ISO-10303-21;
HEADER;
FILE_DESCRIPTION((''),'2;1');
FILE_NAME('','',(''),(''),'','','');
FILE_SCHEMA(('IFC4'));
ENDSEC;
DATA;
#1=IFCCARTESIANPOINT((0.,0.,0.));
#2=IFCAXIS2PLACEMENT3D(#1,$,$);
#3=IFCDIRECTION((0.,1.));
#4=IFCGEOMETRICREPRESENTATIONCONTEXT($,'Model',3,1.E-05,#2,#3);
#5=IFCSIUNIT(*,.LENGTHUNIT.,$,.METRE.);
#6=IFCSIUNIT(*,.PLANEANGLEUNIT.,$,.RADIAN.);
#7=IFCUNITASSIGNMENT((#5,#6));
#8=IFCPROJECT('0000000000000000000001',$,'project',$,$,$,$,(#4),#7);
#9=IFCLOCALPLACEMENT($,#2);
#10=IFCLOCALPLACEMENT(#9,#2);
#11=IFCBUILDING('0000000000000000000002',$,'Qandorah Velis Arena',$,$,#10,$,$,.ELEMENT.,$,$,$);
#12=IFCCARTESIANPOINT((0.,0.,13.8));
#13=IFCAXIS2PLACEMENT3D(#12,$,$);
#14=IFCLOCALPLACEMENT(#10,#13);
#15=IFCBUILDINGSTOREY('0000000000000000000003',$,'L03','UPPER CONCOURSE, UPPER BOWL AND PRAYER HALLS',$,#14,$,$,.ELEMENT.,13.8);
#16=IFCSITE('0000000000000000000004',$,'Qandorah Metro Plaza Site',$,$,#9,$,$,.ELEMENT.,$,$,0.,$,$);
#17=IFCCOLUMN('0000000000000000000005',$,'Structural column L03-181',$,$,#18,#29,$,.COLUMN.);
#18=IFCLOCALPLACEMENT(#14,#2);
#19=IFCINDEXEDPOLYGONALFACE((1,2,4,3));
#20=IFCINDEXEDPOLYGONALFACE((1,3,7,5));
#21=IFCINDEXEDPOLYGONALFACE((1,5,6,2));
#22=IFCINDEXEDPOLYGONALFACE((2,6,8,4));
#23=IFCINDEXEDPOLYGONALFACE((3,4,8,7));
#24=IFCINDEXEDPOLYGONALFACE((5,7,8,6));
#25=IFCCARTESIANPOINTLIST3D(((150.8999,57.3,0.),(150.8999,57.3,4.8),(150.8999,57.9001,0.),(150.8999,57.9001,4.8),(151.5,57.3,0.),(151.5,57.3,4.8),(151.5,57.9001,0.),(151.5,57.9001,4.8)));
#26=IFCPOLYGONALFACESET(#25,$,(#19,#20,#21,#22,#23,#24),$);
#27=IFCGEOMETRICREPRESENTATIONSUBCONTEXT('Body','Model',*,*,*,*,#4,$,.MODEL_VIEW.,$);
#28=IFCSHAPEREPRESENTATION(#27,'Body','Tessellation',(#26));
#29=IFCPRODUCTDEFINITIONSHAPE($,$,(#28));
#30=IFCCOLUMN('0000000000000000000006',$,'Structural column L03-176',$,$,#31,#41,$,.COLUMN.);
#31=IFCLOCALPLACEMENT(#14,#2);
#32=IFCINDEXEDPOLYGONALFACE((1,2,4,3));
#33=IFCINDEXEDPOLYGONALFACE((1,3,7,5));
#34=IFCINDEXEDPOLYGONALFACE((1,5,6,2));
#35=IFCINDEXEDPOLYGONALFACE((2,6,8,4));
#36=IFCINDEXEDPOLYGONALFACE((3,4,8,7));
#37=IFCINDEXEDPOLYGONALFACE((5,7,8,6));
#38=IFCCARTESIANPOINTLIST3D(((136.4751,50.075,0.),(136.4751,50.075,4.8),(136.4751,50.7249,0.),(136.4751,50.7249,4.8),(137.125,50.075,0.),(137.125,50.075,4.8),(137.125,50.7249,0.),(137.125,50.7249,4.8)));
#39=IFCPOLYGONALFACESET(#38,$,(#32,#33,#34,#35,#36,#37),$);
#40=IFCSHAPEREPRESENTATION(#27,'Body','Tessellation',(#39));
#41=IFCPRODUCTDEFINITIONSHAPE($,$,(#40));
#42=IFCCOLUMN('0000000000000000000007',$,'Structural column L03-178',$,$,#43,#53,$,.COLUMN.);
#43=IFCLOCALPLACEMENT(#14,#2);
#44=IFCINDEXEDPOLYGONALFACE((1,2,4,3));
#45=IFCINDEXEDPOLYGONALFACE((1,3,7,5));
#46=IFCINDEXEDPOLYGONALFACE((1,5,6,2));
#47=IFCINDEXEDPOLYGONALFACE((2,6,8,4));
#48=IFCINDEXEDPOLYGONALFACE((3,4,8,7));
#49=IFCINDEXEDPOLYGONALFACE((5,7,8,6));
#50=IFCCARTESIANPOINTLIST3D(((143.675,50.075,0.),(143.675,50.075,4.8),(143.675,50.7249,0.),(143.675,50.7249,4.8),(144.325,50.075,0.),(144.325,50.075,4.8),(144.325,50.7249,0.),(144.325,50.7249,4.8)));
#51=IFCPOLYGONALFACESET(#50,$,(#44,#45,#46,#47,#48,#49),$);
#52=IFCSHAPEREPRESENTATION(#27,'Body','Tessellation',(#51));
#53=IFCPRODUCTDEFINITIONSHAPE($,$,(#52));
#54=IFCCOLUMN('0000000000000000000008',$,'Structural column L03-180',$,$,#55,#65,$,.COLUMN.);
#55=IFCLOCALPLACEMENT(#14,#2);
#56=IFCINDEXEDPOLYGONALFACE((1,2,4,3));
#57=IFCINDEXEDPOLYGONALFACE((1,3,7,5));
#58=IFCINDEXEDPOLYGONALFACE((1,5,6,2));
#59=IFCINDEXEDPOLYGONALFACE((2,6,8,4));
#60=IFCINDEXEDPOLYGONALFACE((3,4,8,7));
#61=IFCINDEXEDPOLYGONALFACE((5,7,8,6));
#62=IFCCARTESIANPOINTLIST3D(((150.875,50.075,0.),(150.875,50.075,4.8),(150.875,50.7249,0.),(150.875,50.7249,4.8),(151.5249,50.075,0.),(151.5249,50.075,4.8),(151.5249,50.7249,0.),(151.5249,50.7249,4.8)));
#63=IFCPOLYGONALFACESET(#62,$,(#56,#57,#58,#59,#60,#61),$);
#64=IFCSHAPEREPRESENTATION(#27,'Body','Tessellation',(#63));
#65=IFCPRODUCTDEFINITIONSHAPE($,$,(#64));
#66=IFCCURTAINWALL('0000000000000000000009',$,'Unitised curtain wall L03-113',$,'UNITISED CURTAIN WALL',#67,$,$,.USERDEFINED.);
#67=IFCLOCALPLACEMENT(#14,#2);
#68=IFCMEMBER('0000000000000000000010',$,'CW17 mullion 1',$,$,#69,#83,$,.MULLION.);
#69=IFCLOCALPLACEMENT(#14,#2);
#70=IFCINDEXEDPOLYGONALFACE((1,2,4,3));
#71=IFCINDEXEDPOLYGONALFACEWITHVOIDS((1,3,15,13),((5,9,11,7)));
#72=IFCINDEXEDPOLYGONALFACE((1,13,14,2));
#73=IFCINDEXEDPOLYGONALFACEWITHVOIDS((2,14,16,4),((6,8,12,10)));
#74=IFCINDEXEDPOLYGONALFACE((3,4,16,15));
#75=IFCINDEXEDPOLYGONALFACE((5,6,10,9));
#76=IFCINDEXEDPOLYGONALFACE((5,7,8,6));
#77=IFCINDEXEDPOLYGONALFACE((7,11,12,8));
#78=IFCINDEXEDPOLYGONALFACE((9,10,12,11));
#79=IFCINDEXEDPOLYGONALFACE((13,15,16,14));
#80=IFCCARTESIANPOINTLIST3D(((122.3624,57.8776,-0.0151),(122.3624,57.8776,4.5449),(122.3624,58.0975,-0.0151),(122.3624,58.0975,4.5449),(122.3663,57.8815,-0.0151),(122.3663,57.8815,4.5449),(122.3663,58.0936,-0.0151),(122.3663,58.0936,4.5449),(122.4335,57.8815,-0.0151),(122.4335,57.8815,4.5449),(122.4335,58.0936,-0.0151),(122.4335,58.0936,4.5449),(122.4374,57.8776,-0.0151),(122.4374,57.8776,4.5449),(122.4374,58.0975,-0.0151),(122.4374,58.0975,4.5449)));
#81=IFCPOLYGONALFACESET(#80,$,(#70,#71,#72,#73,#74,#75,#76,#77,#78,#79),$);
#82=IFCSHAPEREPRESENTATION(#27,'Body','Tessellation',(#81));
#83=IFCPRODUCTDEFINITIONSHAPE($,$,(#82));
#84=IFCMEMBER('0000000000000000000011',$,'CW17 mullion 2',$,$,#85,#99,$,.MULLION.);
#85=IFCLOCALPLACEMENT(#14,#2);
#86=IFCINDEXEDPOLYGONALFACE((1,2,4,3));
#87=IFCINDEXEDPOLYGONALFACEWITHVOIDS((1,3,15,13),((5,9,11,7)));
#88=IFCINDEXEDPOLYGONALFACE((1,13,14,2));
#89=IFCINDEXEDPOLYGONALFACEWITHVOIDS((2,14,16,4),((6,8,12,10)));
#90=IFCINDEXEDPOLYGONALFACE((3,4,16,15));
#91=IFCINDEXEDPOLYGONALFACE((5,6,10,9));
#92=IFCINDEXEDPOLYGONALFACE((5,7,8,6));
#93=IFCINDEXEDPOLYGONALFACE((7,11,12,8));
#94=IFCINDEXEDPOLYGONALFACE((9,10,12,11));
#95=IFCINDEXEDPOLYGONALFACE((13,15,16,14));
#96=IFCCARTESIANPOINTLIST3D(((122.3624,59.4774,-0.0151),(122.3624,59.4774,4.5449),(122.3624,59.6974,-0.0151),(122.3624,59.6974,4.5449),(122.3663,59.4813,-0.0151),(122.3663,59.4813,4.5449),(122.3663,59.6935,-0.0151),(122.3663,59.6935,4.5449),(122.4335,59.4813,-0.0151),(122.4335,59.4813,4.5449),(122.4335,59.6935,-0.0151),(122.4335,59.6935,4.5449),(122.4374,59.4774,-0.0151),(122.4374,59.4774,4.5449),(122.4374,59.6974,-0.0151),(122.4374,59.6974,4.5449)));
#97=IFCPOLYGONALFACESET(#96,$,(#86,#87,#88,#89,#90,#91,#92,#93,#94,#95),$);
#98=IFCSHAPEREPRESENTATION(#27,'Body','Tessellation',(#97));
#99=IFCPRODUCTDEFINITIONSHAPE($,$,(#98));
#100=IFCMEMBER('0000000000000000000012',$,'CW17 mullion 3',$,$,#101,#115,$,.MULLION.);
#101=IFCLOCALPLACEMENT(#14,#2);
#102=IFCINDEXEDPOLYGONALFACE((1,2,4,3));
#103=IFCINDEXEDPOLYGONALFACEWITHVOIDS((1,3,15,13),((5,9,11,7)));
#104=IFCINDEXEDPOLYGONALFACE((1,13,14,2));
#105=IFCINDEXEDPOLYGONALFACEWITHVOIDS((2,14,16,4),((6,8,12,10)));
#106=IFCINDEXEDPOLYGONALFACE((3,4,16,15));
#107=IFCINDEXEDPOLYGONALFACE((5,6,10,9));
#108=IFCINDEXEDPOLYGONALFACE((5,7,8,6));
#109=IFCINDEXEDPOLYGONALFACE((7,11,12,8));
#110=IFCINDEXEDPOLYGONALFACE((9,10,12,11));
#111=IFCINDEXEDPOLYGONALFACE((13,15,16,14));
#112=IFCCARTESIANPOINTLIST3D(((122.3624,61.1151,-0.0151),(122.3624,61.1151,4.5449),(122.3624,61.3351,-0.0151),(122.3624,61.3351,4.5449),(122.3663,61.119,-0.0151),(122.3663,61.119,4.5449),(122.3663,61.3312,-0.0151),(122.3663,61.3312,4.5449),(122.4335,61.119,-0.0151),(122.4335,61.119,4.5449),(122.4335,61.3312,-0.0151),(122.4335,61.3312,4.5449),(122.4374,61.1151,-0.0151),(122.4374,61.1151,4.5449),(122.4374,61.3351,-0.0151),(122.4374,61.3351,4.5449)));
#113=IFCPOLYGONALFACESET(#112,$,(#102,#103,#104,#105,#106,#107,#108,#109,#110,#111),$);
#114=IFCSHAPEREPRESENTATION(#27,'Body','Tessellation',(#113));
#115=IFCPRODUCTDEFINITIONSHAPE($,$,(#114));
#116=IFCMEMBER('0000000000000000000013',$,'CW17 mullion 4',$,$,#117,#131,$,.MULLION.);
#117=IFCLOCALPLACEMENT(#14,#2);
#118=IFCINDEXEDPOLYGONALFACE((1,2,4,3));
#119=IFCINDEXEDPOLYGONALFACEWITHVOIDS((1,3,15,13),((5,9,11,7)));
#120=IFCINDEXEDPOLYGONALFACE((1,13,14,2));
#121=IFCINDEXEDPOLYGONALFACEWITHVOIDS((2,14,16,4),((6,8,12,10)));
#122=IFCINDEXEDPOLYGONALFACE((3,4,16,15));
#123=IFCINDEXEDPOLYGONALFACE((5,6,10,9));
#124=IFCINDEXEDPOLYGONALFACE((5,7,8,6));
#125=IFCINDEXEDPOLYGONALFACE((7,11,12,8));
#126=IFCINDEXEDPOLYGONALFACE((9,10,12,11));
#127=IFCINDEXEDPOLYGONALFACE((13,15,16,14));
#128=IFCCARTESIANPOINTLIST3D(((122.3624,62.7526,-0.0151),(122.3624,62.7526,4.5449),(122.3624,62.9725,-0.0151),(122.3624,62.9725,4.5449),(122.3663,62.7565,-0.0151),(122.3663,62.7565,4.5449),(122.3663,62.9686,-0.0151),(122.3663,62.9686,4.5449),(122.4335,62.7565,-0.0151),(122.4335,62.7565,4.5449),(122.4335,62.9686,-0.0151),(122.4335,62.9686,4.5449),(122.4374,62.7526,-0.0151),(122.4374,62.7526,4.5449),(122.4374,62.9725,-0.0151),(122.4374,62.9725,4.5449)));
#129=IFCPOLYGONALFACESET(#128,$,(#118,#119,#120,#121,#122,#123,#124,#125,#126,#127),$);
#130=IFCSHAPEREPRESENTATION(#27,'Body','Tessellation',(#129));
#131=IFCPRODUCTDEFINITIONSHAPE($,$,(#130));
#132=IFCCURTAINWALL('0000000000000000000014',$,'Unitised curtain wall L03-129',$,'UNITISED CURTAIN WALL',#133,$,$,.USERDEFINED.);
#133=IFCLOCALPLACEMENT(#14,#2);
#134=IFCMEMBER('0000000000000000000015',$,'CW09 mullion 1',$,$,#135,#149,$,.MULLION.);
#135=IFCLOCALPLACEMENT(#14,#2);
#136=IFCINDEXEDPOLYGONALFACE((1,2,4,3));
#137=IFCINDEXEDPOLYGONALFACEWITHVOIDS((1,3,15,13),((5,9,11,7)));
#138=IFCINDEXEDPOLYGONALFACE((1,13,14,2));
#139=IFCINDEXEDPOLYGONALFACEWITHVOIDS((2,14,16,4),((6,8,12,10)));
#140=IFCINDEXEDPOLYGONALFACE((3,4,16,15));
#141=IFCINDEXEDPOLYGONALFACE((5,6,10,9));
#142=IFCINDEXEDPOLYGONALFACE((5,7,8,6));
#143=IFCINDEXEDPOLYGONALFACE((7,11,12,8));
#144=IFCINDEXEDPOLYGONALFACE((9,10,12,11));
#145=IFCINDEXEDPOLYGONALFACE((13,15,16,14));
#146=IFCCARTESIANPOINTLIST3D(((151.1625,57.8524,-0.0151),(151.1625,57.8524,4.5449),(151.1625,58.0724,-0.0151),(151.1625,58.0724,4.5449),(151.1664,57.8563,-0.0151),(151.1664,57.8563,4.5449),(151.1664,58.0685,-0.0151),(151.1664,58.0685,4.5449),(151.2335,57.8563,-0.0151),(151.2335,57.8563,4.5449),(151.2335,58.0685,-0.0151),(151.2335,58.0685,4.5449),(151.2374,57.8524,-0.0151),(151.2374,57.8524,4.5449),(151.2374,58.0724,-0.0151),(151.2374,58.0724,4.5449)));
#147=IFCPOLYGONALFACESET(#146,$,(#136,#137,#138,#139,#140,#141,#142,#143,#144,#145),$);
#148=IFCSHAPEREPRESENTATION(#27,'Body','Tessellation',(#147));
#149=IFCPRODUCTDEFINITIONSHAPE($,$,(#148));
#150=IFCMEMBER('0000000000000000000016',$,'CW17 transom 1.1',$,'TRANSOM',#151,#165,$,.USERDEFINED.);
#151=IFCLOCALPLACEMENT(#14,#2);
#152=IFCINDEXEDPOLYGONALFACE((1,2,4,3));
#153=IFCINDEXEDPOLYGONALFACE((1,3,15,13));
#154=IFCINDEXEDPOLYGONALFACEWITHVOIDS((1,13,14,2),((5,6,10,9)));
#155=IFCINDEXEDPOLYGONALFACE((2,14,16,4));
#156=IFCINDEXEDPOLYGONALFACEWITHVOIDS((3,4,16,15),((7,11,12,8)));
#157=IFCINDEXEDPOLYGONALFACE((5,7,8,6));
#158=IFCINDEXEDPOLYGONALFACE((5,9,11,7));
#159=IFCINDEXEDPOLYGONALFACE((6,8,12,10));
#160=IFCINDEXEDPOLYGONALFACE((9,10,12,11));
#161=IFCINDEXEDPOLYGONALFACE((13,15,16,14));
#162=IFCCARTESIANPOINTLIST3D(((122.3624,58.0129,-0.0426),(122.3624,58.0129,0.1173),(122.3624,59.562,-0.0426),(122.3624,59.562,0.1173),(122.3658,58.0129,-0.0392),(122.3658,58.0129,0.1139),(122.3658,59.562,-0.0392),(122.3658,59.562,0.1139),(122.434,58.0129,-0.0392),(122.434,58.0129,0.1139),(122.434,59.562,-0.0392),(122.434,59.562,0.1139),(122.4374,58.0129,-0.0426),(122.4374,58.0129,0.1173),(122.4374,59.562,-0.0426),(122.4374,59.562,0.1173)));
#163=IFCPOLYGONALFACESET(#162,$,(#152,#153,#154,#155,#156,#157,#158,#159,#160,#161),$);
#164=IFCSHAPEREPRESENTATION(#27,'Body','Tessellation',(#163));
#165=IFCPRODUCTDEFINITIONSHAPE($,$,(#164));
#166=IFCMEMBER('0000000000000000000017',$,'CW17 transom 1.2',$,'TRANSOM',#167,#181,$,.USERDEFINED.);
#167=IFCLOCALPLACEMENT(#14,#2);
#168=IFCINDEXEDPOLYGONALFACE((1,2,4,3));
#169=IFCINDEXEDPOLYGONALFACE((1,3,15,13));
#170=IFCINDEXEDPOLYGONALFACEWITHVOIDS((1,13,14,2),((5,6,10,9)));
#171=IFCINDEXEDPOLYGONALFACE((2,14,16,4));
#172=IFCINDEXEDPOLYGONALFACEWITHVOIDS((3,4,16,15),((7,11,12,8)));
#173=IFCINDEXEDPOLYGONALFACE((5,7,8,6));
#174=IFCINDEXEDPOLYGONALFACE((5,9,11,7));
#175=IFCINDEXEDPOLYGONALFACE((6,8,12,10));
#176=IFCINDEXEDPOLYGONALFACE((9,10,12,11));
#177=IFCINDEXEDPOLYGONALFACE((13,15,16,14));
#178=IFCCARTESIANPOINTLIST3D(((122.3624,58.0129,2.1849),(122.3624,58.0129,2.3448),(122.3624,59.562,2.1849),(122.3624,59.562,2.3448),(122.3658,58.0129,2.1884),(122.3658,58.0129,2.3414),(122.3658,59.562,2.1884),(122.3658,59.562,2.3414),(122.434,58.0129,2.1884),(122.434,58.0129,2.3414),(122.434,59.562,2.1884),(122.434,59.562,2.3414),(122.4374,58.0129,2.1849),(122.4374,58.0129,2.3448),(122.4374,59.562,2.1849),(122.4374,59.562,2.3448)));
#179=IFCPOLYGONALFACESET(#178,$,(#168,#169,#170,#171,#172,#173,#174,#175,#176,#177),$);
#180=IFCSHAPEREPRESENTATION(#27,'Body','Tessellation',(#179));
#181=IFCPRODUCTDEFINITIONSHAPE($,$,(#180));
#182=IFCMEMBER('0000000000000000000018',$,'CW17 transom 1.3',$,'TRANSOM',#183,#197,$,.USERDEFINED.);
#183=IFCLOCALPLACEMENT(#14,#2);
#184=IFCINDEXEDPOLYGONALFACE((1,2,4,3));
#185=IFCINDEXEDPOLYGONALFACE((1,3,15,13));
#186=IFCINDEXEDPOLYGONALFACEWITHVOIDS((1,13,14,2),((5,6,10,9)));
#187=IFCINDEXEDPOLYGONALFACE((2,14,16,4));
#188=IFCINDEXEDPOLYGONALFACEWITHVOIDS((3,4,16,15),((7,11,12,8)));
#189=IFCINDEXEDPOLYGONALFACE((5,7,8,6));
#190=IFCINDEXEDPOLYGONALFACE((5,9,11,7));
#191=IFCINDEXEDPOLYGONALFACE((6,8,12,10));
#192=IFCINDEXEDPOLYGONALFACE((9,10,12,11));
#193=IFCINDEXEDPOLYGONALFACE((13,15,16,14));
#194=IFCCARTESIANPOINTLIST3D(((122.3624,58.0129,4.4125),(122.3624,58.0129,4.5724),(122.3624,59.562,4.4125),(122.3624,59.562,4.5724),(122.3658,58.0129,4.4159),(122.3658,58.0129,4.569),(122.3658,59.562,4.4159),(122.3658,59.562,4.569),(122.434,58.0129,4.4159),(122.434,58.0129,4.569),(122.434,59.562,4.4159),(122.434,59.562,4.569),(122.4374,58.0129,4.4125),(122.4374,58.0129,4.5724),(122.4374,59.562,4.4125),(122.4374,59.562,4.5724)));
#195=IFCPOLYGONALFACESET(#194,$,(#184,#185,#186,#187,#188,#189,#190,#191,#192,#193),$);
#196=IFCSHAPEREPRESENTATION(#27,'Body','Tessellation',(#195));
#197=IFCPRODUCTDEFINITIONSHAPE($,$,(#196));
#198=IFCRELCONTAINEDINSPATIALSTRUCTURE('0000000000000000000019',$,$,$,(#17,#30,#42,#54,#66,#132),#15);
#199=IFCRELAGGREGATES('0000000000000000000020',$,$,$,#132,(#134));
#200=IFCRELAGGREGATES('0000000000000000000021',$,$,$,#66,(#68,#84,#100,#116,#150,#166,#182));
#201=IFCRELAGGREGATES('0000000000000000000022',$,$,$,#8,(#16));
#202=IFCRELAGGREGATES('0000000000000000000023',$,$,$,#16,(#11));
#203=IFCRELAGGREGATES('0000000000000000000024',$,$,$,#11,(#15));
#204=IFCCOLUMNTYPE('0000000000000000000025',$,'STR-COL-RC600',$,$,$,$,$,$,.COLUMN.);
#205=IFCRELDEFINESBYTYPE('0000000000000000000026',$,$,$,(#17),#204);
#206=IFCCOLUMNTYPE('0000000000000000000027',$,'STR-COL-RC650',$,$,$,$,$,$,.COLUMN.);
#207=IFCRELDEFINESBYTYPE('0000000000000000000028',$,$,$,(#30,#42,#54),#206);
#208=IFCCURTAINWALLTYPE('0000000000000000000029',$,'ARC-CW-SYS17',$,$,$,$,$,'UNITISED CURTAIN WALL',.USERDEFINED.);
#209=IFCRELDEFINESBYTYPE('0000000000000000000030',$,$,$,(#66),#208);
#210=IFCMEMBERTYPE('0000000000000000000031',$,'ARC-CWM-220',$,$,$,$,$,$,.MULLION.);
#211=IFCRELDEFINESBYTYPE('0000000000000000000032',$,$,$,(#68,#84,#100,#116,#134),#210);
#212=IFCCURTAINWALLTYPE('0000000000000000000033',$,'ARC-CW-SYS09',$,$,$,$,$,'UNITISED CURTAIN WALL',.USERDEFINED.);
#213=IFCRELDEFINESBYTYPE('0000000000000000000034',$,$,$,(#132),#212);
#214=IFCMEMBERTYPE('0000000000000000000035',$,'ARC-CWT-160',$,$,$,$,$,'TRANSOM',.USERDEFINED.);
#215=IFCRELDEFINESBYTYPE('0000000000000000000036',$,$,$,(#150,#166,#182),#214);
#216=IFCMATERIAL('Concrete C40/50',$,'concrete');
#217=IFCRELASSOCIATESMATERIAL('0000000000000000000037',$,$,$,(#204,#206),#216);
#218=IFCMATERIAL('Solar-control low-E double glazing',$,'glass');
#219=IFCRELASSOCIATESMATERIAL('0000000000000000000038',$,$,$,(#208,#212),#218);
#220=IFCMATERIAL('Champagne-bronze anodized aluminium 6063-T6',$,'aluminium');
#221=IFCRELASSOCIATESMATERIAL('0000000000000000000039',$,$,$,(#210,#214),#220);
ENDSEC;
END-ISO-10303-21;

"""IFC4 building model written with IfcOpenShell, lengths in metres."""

from ifc_helpers import new_model, si_unit, direction, frame, origin, origin_2d, place, context, subcontext, project, spatial, rectangle, hollow_rectangle, extrude, material, material_profile, profile_set, type_object, element, aggregate, save


model = new_model("IFC4")

# Units and contexts
model_context = context("Model", 3, precision=1e-05, world=origin(), true_north=direction((0.0, 1.0)))
body_context = subcontext(model_context, "Body", "Model", "MODEL_VIEW")
ifc_project = project(units=[si_unit("LENGTHUNIT", "METRE"), si_unit("PLANEANGLEUNIT", "RADIAN")], contexts=[model_context])

# Site, building, storey
site_placement = place(None, origin())
site = spatial("IfcSite", under=ifc_project, at=site_placement, Name="Qandorah Metro Plaza Site", CompositionType="ELEMENT", RefElevation=0.0)
building_placement = place(site_placement, origin())
building = spatial("IfcBuilding", under=site, at=building_placement, Name="Qandorah Velis Arena", CompositionType="ELEMENT")
storey_placement = place(building_placement, frame((0.0, 0.0, 13.8)))
storey = spatial("IfcBuildingStorey", under=building, at=storey_placement, Name="L03", Description="UPPER CONCOURSE, UPPER BOWL AND PRAYER HALLS", CompositionType="ELEMENT", Elevation=13.8)

# Columns
ifc_material_1 = material(Name="Concrete C40/50", Category="concrete")
ifc_material_profile_1 = material_profile(ifc_material_1, rectangle(XDim=0.6001, YDim=0.6001, at=origin_2d()), Name="RC COL 600x600")
ifc_profile_set_1 = profile_set([ifc_material_profile_1], Name="Concrete C40/50")
column_type_1 = type_object("IfcColumnType", Name="STR-COL-RC600", PredefinedType="COLUMN", material=ifc_profile_set_1)
column_placement = place(storey_placement, frame((151.2, 57.6001, 0.0), z_axis=(0.0, 0.0, 1.0), x_axis=(1.0, 0.0, 0.0)))
element("IfcColumn", 1, at=column_placement, inside=storey, type_object=column_type_1, Name="Structural column L03-181", PredefinedType="COLUMN", context=body_context, shape_type="SweptSolid", body=[
    extrude(rectangle(XDim=0.6001, YDim=0.6001, at=origin_2d()), origin(), (0.0, 0.0, 1.0), 4.8),
])
ifc_material_profile_2 = material_profile(ifc_material_1, rectangle(XDim=0.6499, YDim=0.6499, at=origin_2d()), Name="RC COL 650x650")
ifc_profile_set_2 = profile_set([ifc_material_profile_2], Name="Concrete C40/50")
column_type_2 = type_object("IfcColumnType", Name="STR-COL-RC650", PredefinedType="COLUMN", material=ifc_profile_set_2)
for number, where, z_axis, x_axis, name in (
    (2, (136.8, 50.3999, 0.0), (0.0, 0.0, 1.0), (1.0, 0.0, 0.0), "Structural column L03-176"),
    (3, (144.0, 50.3999, 0.0), (0.0, 0.0, 1.0), (1.0, 0.0, 0.0), "Structural column L03-178"),
    (4, (151.2, 50.3999, 0.0), (0.0, 0.0, 1.0), (1.0, 0.0, 0.0), "Structural column L03-180"),
):
    element("IfcColumn", number, at=place(storey_placement, frame(where, z_axis=z_axis, x_axis=x_axis)), inside=storey, type_object=column_type_2, Name=name, PredefinedType="COLUMN", context=body_context, shape_type="SweptSolid", body=[
        extrude(rectangle(XDim=0.6499, YDim=0.6499, at=origin_2d()), origin(), (0.0, 0.0, 1.0), 4.8),
    ])

# Curtain wall, members
ifc_material_2 = material(Name="Solar-control low-E double glazing", Category="glass")
curtain_wall_type_1 = type_object("IfcCurtainWallType", Name="ARC-CW-SYS17", ElementType="UNITISED CURTAIN WALL", PredefinedType="USERDEFINED", material=ifc_material_2)
curtain_wall_1_placement = place(storey_placement, origin())
curtain_wall_1 = element("IfcCurtainWall", 5, at=curtain_wall_1_placement, inside=storey, type_object=curtain_wall_type_1, Name="Unitised curtain wall L03-113", ObjectType="UNITISED CURTAIN WALL", PredefinedType="USERDEFINED")
ifc_material_3 = material(Name="Champagne-bronze anodized aluminium 6063-T6", Category="aluminium")
ifc_material_profile_3 = material_profile(ifc_material_3, hollow_rectangle(XDim=0.075, YDim=0.22, WallThickness=0.0039, at=origin_2d()), Name="ALU MULLION 75x220")
ifc_profile_set_3 = profile_set([ifc_material_profile_3], Name="Champagne-bronze anodized aluminium 6063-T6")
member_type_1 = type_object("IfcMemberType", Name="ARC-CWM-220", PredefinedType="MULLION", material=ifc_profile_set_3)
member_1_placement = place(storey_placement, frame((122.3999, 57.9875, -0.0151), z_axis=(0.0, 0.0, 1.0), x_axis=(-1.0, 0.0, 0.0)))
member_1 = element("IfcMember", 6, at=member_1_placement, type_object=member_type_1, Name="CW17 mullion 1", PredefinedType="MULLION", context=body_context, shape_type="SweptSolid", body=[
    extrude(hollow_rectangle(XDim=0.075, YDim=0.22, WallThickness=0.0039, at=origin_2d()), origin(), (0.0, 0.0, 1.0), 4.5601),
])
member_2_placement = place(storey_placement, frame((122.3999, 59.5874, -0.0151), z_axis=(0.0, 0.0, 1.0), x_axis=(-1.0, 0.0, 0.0)))
member_2 = element("IfcMember", 7, at=member_2_placement, type_object=member_type_1, Name="CW17 mullion 2", PredefinedType="MULLION", context=body_context, shape_type="SweptSolid", body=[
    extrude(hollow_rectangle(XDim=0.075, YDim=0.22, WallThickness=0.0039, at=origin_2d()), origin(), (0.0, 0.0, 1.0), 4.5601),
])
member_3_placement = place(storey_placement, frame((122.3999, 61.2251, -0.0151), z_axis=(0.0, 0.0, 1.0), x_axis=(-1.0, 0.0, 0.0)))
member_3 = element("IfcMember", 8, at=member_3_placement, type_object=member_type_1, Name="CW17 mullion 3", PredefinedType="MULLION", context=body_context, shape_type="SweptSolid", body=[
    extrude(hollow_rectangle(XDim=0.075, YDim=0.22, WallThickness=0.0039, at=origin_2d()), origin(), (0.0, 0.0, 1.0), 4.5601),
])
member_4_placement = place(storey_placement, frame((122.3999, 62.8625, -0.0151), z_axis=(0.0, 0.0, 1.0), x_axis=(-1.0, 0.0, 0.0)))
member_4 = element("IfcMember", 9, at=member_4_placement, type_object=member_type_1, Name="CW17 mullion 4", PredefinedType="MULLION", context=body_context, shape_type="SweptSolid", body=[
    extrude(hollow_rectangle(XDim=0.075, YDim=0.22, WallThickness=0.0039, at=origin_2d()), origin(), (0.0, 0.0, 1.0), 4.5601),
])

# Curtain wall, member
curtain_wall_type_2 = type_object("IfcCurtainWallType", Name="ARC-CW-SYS09", ElementType="UNITISED CURTAIN WALL", PredefinedType="USERDEFINED", material=ifc_material_2)
curtain_wall_2_placement = place(storey_placement, origin())
curtain_wall_2 = element("IfcCurtainWall", 10, at=curtain_wall_2_placement, inside=storey, type_object=curtain_wall_type_2, Name="Unitised curtain wall L03-129", ObjectType="UNITISED CURTAIN WALL", PredefinedType="USERDEFINED")
member_5_placement = place(storey_placement, frame((151.2, 57.9624, -0.0151), z_axis=(0.0, 0.0, 1.0), x_axis=(-1.0, 0.0, 0.0)))
member_5 = element("IfcMember", 11, at=member_5_placement, type_object=member_type_1, Name="CW09 mullion 1", PredefinedType="MULLION", context=body_context, shape_type="SweptSolid", body=[
    extrude(hollow_rectangle(XDim=0.075, YDim=0.22, WallThickness=0.0039, at=origin_2d()), origin(), (0.0, 0.0, 1.0), 4.5601),
])

# Members
ifc_material_profile_4 = material_profile(ifc_material_3, hollow_rectangle(XDim=0.075, YDim=0.1599, WallThickness=0.0034, at=origin_2d()), Name="ALU TRANSOM 75x160")
ifc_profile_set_4 = profile_set([ifc_material_profile_4], Name="Champagne-bronze anodized aluminium 6063-T6")
member_type_2 = type_object("IfcMemberType", Name="ARC-CWT-160", ElementType="TRANSOM", PredefinedType="USERDEFINED", material=ifc_profile_set_4)
member_6_placement = place(storey_placement, frame((122.3999, 58.0129, 0.0374), z_axis=(0.0, 1.0, 0.0), x_axis=(-1.0, 0.0, 0.0)))
member_6 = element("IfcMember", 12, at=member_6_placement, type_object=member_type_2, Name="CW17 transom 1.1", ObjectType="TRANSOM", PredefinedType="USERDEFINED", context=body_context, shape_type="SweptSolid", body=[
    extrude(hollow_rectangle(XDim=0.075, YDim=0.1599, WallThickness=0.0034, at=origin_2d()), origin(), (0.0, 0.0, 1.0), 1.5491),
])
member_7_placement = place(storey_placement, frame((122.3999, 58.0129, 2.2649), z_axis=(0.0, 1.0, 0.0), x_axis=(-1.0, 0.0, 0.0)))
member_7 = element("IfcMember", 13, at=member_7_placement, type_object=member_type_2, Name="CW17 transom 1.2", ObjectType="TRANSOM", PredefinedType="USERDEFINED", context=body_context, shape_type="SweptSolid", body=[
    extrude(hollow_rectangle(XDim=0.075, YDim=0.1599, WallThickness=0.0034, at=origin_2d()), origin(), (0.0, 0.0, 1.0), 1.5491),
])
member_8_placement = place(storey_placement, frame((122.3999, 58.0129, 4.4924), z_axis=(0.0, 1.0, 0.0), x_axis=(-1.0, 0.0, 0.0)))
member_8 = element("IfcMember", 14, at=member_8_placement, type_object=member_type_2, Name="CW17 transom 1.3", ObjectType="TRANSOM", PredefinedType="USERDEFINED", context=body_context, shape_type="SweptSolid", body=[
    extrude(hollow_rectangle(XDim=0.075, YDim=0.1599, WallThickness=0.0034, at=origin_2d()), origin(), (0.0, 0.0, 1.0), 1.5491),
])
aggregate(curtain_wall_2, [member_5])

aggregate(curtain_wall_1, [member_1, member_2, member_3, member_4, member_6, member_7, member_8])

save(model, "model.ifc")
